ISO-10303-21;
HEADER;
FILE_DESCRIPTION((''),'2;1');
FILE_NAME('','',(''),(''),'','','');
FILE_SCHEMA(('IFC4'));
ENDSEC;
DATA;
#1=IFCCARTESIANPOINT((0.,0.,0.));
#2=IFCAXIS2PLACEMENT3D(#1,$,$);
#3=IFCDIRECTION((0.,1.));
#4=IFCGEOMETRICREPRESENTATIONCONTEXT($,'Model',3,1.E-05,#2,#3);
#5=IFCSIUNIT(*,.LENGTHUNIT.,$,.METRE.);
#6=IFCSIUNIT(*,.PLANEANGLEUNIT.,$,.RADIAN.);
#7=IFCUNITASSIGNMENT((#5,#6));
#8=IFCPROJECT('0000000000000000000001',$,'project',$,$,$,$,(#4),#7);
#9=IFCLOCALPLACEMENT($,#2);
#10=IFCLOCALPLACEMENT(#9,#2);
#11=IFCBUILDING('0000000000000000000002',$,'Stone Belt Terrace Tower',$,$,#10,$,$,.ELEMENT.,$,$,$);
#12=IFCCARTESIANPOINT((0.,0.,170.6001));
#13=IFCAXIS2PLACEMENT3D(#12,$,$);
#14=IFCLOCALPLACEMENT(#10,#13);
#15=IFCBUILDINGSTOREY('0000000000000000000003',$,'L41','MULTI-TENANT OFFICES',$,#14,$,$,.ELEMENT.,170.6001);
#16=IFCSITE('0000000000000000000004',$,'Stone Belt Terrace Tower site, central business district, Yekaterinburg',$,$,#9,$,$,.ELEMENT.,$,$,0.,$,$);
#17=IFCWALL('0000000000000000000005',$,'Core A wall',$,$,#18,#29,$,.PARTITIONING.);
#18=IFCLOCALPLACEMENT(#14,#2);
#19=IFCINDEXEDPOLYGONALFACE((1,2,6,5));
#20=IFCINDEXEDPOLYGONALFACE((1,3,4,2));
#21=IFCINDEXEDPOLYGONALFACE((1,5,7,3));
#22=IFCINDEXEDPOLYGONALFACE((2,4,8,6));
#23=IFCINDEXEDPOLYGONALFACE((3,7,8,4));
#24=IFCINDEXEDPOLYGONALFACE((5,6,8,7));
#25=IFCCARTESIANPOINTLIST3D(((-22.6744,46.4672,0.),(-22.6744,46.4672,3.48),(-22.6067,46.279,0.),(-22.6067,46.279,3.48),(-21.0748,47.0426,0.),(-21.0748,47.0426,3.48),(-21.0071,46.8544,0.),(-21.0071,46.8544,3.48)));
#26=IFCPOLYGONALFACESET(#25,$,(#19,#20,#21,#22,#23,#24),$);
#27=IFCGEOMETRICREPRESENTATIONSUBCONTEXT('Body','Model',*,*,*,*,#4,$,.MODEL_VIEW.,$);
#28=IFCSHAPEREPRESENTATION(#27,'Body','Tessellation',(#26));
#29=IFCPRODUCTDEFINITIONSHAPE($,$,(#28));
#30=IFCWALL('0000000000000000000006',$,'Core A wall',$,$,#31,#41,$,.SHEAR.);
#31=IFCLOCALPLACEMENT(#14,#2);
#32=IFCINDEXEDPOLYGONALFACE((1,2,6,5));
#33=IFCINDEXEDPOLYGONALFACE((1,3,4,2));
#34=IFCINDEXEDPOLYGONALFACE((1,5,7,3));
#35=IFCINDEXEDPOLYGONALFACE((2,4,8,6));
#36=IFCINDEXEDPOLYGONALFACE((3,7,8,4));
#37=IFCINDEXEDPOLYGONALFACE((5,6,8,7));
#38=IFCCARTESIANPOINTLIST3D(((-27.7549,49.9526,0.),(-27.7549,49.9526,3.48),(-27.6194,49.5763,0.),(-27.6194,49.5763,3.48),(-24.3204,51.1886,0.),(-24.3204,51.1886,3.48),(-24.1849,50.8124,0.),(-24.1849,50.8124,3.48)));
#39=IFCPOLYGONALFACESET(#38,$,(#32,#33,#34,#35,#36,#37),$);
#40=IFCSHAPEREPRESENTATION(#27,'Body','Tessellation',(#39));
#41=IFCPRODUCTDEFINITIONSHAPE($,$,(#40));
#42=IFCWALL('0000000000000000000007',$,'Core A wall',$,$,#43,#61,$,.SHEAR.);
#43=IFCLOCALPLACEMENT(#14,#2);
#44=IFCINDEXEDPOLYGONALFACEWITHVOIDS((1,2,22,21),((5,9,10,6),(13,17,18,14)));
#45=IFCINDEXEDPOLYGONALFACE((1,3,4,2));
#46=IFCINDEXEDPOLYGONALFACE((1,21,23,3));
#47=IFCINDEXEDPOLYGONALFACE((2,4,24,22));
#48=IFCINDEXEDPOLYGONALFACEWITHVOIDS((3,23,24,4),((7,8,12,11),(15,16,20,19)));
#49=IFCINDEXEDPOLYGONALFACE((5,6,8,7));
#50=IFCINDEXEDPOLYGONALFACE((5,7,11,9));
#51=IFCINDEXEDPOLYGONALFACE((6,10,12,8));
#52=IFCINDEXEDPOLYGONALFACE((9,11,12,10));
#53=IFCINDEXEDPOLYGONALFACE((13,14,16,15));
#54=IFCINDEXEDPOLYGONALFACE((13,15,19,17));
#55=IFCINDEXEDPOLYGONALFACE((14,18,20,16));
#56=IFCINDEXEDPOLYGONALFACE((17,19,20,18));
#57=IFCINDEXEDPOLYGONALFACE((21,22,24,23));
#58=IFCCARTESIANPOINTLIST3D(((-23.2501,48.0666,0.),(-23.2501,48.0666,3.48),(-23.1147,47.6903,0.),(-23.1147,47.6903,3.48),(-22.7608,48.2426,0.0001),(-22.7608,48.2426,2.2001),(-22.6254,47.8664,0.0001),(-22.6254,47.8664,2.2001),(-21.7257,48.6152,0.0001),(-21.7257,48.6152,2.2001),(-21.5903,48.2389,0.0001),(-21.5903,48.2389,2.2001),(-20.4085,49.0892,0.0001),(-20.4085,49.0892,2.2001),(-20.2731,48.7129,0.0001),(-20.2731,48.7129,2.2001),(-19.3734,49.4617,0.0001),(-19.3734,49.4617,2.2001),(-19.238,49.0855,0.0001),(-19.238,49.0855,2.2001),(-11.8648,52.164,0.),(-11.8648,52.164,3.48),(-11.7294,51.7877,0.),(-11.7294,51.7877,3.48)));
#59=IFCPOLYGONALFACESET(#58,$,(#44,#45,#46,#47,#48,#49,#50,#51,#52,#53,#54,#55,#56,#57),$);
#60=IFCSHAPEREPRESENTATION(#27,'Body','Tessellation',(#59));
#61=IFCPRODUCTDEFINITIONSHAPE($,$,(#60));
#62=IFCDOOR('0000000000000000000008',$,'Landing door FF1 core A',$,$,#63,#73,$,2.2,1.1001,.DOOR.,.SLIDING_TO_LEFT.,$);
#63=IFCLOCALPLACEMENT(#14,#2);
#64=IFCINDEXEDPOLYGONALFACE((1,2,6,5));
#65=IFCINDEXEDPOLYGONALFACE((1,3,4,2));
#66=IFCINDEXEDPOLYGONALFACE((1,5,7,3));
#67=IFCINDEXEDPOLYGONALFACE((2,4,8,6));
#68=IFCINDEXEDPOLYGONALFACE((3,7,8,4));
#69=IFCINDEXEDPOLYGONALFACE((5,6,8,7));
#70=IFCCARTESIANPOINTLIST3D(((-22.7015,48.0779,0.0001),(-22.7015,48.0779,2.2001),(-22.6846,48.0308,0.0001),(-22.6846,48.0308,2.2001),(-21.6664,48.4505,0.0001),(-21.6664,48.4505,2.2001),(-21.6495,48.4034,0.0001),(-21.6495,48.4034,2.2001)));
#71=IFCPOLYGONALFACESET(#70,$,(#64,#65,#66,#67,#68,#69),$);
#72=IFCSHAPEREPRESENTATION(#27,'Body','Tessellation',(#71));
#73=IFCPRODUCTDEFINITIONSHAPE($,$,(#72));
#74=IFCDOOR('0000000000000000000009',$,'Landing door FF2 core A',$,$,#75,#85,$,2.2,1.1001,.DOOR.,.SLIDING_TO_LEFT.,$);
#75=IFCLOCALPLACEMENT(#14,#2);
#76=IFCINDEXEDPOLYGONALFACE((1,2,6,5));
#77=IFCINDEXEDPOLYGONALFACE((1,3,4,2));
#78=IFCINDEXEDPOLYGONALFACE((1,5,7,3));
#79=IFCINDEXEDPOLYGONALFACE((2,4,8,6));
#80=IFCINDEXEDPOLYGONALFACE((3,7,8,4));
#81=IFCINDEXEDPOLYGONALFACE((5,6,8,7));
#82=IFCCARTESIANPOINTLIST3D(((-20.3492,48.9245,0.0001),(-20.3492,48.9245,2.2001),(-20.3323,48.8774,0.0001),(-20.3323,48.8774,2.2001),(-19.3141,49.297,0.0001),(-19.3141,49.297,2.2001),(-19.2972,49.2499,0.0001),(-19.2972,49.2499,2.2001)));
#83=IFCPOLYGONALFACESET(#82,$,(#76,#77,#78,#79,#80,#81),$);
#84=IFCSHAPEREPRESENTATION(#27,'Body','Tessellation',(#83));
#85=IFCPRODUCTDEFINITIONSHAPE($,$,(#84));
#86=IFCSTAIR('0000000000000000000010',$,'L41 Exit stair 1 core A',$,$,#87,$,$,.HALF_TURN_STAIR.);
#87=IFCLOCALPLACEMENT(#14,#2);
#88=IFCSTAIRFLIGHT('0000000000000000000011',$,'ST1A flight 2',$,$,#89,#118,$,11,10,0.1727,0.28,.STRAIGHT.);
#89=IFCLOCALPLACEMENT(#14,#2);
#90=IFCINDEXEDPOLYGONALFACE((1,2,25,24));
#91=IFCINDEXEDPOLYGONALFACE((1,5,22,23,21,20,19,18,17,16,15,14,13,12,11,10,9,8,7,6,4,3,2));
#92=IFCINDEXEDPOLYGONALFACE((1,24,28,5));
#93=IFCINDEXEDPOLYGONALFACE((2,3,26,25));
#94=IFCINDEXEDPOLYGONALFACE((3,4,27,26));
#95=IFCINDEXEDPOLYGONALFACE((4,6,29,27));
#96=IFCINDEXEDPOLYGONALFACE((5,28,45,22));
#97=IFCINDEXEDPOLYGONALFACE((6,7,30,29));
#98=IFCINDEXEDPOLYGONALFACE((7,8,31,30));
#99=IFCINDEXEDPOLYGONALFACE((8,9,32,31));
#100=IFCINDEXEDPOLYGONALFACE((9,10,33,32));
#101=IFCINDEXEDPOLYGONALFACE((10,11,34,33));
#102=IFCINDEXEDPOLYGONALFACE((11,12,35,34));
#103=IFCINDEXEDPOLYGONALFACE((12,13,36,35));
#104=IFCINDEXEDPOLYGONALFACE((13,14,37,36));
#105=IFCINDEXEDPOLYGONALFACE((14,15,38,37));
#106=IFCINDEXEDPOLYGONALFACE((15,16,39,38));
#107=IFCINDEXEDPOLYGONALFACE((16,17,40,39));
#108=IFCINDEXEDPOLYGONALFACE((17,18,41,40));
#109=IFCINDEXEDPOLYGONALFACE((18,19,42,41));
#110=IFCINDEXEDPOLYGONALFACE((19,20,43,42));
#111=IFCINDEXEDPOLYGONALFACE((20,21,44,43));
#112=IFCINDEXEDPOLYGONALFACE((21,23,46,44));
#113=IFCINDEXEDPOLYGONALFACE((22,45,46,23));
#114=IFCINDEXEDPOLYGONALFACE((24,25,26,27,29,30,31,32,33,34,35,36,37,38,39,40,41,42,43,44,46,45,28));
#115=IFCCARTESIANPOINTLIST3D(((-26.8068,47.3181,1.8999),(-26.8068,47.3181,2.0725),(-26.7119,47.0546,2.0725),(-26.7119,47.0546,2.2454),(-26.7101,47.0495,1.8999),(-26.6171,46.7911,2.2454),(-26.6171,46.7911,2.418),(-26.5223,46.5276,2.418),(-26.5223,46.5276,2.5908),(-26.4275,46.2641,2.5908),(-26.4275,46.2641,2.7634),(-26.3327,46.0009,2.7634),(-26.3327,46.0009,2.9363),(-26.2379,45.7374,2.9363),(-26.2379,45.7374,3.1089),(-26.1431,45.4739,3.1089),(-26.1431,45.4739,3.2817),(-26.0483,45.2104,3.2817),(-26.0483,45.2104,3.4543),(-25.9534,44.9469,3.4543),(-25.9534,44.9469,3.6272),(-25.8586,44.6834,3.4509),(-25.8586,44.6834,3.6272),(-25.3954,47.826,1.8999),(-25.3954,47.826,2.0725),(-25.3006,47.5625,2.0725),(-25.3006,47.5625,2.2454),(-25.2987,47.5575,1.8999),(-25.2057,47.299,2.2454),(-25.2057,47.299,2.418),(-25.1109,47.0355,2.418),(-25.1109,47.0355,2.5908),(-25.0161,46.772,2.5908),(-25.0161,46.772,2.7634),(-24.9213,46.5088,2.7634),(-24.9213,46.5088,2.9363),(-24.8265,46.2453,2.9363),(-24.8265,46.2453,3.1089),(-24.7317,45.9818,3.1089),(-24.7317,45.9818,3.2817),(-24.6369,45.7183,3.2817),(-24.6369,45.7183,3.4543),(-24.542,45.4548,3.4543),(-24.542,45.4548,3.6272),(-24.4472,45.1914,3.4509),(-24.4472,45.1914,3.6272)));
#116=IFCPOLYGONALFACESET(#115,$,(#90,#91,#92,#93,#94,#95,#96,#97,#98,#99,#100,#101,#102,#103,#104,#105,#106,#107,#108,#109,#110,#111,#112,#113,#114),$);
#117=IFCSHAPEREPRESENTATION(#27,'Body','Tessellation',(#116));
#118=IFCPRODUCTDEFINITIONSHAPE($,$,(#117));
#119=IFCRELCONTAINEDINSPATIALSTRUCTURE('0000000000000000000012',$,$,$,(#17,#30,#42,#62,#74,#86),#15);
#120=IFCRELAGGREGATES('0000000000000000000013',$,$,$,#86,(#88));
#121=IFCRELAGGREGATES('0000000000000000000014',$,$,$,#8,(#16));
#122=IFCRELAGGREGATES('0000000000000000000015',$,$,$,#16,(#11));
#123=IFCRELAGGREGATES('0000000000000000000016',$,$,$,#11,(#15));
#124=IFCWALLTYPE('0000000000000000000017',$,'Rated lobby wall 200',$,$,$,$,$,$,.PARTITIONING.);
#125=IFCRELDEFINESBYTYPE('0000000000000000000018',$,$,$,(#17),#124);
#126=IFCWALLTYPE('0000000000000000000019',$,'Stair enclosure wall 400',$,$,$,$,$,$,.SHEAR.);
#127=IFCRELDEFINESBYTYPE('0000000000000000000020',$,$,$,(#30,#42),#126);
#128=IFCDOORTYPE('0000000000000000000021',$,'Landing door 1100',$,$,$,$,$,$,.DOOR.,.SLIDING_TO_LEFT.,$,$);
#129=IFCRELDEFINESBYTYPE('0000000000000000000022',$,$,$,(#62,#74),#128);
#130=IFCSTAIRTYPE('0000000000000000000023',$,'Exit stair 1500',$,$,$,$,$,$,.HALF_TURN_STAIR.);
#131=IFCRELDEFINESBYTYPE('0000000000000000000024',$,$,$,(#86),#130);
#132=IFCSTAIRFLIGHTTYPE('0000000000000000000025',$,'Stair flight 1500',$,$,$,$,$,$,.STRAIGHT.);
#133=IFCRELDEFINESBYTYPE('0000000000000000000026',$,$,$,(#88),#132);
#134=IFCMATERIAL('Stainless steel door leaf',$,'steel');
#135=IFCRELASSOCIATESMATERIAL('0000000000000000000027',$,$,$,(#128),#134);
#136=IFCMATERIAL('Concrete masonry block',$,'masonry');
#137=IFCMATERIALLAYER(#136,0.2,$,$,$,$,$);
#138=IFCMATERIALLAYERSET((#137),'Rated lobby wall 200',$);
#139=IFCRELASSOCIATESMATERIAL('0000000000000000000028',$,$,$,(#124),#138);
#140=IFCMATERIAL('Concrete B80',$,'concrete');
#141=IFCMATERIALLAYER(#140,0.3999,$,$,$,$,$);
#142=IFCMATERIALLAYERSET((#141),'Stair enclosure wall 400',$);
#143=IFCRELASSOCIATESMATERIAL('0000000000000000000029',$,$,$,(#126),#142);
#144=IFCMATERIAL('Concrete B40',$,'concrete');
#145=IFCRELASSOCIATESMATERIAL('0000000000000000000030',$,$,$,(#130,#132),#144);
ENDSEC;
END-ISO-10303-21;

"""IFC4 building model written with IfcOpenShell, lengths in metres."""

from ifc_helpers import new_model, si_unit, direction, frame, frame_2d, origin, place, context, subcontext, project, spatial, polyline, rectangle, outline, extrude, material, layer, layer_set, type_object, element, fill, aggregate, save


model = new_model("IFC4")

# Units and contexts
model_context = context("Model", 3, precision=1e-05, world=origin(), true_north=direction((0.0, 1.0)))
body_context = subcontext(model_context, "Body", "Model", "MODEL_VIEW")
ifc_project = project(units=[si_unit("LENGTHUNIT", "METRE"), si_unit("PLANEANGLEUNIT", "RADIAN")], contexts=[model_context])

# Site, building, storey
site_placement = place(None, origin())
site = spatial("IfcSite", under=ifc_project, at=site_placement, Name="Stone Belt Terrace Tower site, central business district, Yekaterinburg", CompositionType="ELEMENT", RefElevation=0.0)
building_placement = place(site_placement, origin())
building = spatial("IfcBuilding", under=site, at=building_placement, Name="Stone Belt Terrace Tower", CompositionType="ELEMENT")
storey_placement = place(building_placement, frame((0.0, 0.0, 170.6001)))
storey = spatial("IfcBuildingStorey", under=building, at=storey_placement, Name="L41", Description="MULTI-TENANT OFFICES", CompositionType="ELEMENT", Elevation=170.6001)

# Shared definitions
ifc_material_1 = material(Name="Concrete B80", Category="concrete")

# Shared definitions
ifc_material_2 = material(Name="Stainless steel door leaf", Category="steel")

# Shared definitions
door_type_1 = type_object("IfcDoorType", Name="Landing door 1100", OperationType="SLIDING_TO_LEFT", PredefinedType="DOOR", material=ifc_material_2)

# Walls
ifc_material_3 = material(Name="Concrete masonry block", Category="masonry")
ifc_layer_1 = layer(ifc_material_3, 0.2)
ifc_layer_set_1 = layer_set([ifc_layer_1], Name="Rated lobby wall 200")
wall_type_1 = type_object("IfcWallType", Name="Rated lobby wall 200", PredefinedType="PARTITIONING", material=ifc_layer_set_1)
wall_1_placement = place(storey_placement, frame((-22.6406, 46.373, 0.0), z_axis=(0.0, 0.0, 1.0), x_axis=(0.940966, 0.338501, 0.0)))
element("IfcWall", 1, at=wall_1_placement, inside=storey, type_object=wall_type_1, Name="Core A wall", PredefinedType="PARTITIONING", context=body_context, shape_type="SweptSolid", body=[
    extrude(rectangle(XDim=1.7, YDim=0.2, at=frame_2d((0.8501, 0.0))), origin(), (0.0, 0.0, 1.0), 3.48),
])
ifc_layer_2 = layer(ifc_material_1, 0.3999)
ifc_layer_set_2 = layer_set([ifc_layer_2], Name="Stair enclosure wall 400")
wall_type_2 = type_object("IfcWallType", Name="Stair enclosure wall 400", PredefinedType="SHEAR", material=ifc_layer_set_2)
wall_2_placement = place(storey_placement, frame((-27.6873, 49.7644, 0.0), z_axis=(0.0, 0.0, 1.0), x_axis=(0.940919, 0.338632, 0.0)))
element("IfcWall", 2, at=wall_2_placement, inside=storey, type_object=wall_type_2, Name="Core A wall", PredefinedType="SHEAR", context=body_context, shape_type="SweptSolid", body=[
    extrude(rectangle(XDim=3.6501, YDim=0.3999, at=frame_2d((1.8252, 0.0))), origin(), (0.0, 0.0, 1.0), 3.48),
])

# Wall, openings, doors
wall_3_placement = place(storey_placement, frame((-23.1824, 47.8784, 0.0), z_axis=(0.0, 0.0, 1.0), x_axis=(0.940921, 0.338626, 0.0)))
wall_3 = element("IfcWall", 3, at=wall_3_placement, inside=storey, type_object=wall_type_2, Name="Core A wall", PredefinedType="SHEAR", context=body_context, shape_type="SweptSolid", body=[
    extrude(rectangle(XDim=12.1001, YDim=0.3999, at=frame_2d((6.05, 0.0))), origin(), (0.0, 0.0, 1.0), 3.48),
])
opening_1_placement = place(wall_3_placement, frame((0.52, 0.0, 0.0)))
opening_1 = element("IfcOpeningElement", 4, at=opening_1_placement, cuts=wall_3, PredefinedType="OPENING", context=body_context, shape_type="SweptSolid", body=[
    extrude(rectangle(XDim=1.1001, YDim=2.2, at=frame_2d((0.55, 1.1001))), frame((0.0, 0.21, 0.0), z_axis=(0.0, -1.0, 0.0), x_axis=(1.0, 0.0, 0.0)), (0.0, 0.0, 1.0), 0.4199),
])
opening_2_placement = place(wall_3_placement, frame((3.02, 0.0, 0.0)))
opening_2 = element("IfcOpeningElement", 5, at=opening_2_placement, cuts=wall_3, PredefinedType="OPENING", context=body_context, shape_type="SweptSolid", body=[
    extrude(rectangle(XDim=1.1001, YDim=2.2, at=frame_2d((0.55, 1.1001))), frame((0.0, 0.21, 0.0), z_axis=(0.0, -1.0, 0.0), x_axis=(1.0, 0.0, 0.0)), (0.0, 0.0, 1.0), 0.4199),
])
door_1_placement = place(opening_1_placement, origin())
door_1 = element("IfcDoor", 6, at=door_1_placement, inside=storey, type_object=door_type_1, Name="Landing door FF1 core A", OperationType="SLIDING_TO_LEFT", OverallHeight=2.2, OverallWidth=1.1001, PredefinedType="DOOR", context=body_context, shape_type="SweptSolid", body=[
    extrude(rectangle(XDim=1.1001, YDim=2.2, at=frame_2d((0.55, 1.1001))), frame((0.0, 0.0249, 0.0), z_axis=(0.0, -1.0, 0.0), x_axis=(1.0, 0.0, 0.0)), (0.0, 0.0, 1.0), 0.05),
])
fill(opening_1, door_1)
door_2_placement = place(opening_2_placement, origin())
door_2 = element("IfcDoor", 7, at=door_2_placement, inside=storey, type_object=door_type_1, Name="Landing door FF2 core A", OperationType="SLIDING_TO_LEFT", OverallHeight=2.2, OverallWidth=1.1001, PredefinedType="DOOR", context=body_context, shape_type="SweptSolid", body=[
    extrude(rectangle(XDim=1.1001, YDim=2.2, at=frame_2d((0.55, 1.1001))), frame((0.0, 0.0249, 0.0), z_axis=(0.0, -1.0, 0.0), x_axis=(1.0, 0.0, 0.0)), (0.0, 0.0, 1.0), 0.05),
])
fill(opening_2, door_2)

# Stair, stair flight
ifc_material_4 = material(Name="Concrete B40", Category="concrete")
stair_type = type_object("IfcStairType", Name="Exit stair 1500", PredefinedType="HALF_TURN_STAIR", material=ifc_material_4)
stair_placement = place(storey_placement, origin())
stair = element("IfcStair", 8, at=stair_placement, inside=storey, type_object=stair_type, Name="L41 Exit stair 1 core A", PredefinedType="HALF_TURN_STAIR")
stair_flight_type = type_object("IfcStairFlightType", Name="Stair flight 1500", PredefinedType="STRAIGHT", material=ifc_material_4)
stair_flight_placement = place(storey_placement, frame((-26.1011, 47.572, 1.8999), z_axis=(0.0, 0.0, 1.0), x_axis=(0.338624, -0.940922, 0.0)))
stair_flight = element("IfcStairFlight", 9, at=stair_flight_placement, type_object=stair_flight_type, Name="ST1A flight 2", NumberOfRisers=11, NumberOfTreads=10, PredefinedType="STRAIGHT", RiserHeight=0.1727, TreadLength=0.28, context=body_context, shape_type="SweptSolid", body=[
    extrude(outline(polyline([(0.0, 0.0), (0.0, 0.1726), (0.28, 0.1726), (0.28, 0.3455), (0.5601, 0.3455), (0.5601, 0.5181), (0.8401, 0.5181), (0.8401, 0.6909), (1.1201, 0.6909), (1.1201, 0.8635), (1.3999, 0.8635), (1.3999, 1.0364), (1.6799, 1.0364), (1.6799, 1.209), (1.96, 1.209), (1.96, 1.3818), (2.24, 1.3818), (2.24, 1.5544), (2.52, 1.5544), (2.52, 1.7273), (2.8, 1.7273), (2.8, 1.8999), (2.8, 1.551), (0.2854, 0.0), (0.0, 0.0)])), frame((0.0, 0.75, 0.0), z_axis=(0.0, -1.0, 0.0), x_axis=(1.0, 0.0, 0.0)), (0.0, 0.0, 1.0), 1.5),
])
aggregate(stair, [stair_flight])

save(model, "model.ifc")
